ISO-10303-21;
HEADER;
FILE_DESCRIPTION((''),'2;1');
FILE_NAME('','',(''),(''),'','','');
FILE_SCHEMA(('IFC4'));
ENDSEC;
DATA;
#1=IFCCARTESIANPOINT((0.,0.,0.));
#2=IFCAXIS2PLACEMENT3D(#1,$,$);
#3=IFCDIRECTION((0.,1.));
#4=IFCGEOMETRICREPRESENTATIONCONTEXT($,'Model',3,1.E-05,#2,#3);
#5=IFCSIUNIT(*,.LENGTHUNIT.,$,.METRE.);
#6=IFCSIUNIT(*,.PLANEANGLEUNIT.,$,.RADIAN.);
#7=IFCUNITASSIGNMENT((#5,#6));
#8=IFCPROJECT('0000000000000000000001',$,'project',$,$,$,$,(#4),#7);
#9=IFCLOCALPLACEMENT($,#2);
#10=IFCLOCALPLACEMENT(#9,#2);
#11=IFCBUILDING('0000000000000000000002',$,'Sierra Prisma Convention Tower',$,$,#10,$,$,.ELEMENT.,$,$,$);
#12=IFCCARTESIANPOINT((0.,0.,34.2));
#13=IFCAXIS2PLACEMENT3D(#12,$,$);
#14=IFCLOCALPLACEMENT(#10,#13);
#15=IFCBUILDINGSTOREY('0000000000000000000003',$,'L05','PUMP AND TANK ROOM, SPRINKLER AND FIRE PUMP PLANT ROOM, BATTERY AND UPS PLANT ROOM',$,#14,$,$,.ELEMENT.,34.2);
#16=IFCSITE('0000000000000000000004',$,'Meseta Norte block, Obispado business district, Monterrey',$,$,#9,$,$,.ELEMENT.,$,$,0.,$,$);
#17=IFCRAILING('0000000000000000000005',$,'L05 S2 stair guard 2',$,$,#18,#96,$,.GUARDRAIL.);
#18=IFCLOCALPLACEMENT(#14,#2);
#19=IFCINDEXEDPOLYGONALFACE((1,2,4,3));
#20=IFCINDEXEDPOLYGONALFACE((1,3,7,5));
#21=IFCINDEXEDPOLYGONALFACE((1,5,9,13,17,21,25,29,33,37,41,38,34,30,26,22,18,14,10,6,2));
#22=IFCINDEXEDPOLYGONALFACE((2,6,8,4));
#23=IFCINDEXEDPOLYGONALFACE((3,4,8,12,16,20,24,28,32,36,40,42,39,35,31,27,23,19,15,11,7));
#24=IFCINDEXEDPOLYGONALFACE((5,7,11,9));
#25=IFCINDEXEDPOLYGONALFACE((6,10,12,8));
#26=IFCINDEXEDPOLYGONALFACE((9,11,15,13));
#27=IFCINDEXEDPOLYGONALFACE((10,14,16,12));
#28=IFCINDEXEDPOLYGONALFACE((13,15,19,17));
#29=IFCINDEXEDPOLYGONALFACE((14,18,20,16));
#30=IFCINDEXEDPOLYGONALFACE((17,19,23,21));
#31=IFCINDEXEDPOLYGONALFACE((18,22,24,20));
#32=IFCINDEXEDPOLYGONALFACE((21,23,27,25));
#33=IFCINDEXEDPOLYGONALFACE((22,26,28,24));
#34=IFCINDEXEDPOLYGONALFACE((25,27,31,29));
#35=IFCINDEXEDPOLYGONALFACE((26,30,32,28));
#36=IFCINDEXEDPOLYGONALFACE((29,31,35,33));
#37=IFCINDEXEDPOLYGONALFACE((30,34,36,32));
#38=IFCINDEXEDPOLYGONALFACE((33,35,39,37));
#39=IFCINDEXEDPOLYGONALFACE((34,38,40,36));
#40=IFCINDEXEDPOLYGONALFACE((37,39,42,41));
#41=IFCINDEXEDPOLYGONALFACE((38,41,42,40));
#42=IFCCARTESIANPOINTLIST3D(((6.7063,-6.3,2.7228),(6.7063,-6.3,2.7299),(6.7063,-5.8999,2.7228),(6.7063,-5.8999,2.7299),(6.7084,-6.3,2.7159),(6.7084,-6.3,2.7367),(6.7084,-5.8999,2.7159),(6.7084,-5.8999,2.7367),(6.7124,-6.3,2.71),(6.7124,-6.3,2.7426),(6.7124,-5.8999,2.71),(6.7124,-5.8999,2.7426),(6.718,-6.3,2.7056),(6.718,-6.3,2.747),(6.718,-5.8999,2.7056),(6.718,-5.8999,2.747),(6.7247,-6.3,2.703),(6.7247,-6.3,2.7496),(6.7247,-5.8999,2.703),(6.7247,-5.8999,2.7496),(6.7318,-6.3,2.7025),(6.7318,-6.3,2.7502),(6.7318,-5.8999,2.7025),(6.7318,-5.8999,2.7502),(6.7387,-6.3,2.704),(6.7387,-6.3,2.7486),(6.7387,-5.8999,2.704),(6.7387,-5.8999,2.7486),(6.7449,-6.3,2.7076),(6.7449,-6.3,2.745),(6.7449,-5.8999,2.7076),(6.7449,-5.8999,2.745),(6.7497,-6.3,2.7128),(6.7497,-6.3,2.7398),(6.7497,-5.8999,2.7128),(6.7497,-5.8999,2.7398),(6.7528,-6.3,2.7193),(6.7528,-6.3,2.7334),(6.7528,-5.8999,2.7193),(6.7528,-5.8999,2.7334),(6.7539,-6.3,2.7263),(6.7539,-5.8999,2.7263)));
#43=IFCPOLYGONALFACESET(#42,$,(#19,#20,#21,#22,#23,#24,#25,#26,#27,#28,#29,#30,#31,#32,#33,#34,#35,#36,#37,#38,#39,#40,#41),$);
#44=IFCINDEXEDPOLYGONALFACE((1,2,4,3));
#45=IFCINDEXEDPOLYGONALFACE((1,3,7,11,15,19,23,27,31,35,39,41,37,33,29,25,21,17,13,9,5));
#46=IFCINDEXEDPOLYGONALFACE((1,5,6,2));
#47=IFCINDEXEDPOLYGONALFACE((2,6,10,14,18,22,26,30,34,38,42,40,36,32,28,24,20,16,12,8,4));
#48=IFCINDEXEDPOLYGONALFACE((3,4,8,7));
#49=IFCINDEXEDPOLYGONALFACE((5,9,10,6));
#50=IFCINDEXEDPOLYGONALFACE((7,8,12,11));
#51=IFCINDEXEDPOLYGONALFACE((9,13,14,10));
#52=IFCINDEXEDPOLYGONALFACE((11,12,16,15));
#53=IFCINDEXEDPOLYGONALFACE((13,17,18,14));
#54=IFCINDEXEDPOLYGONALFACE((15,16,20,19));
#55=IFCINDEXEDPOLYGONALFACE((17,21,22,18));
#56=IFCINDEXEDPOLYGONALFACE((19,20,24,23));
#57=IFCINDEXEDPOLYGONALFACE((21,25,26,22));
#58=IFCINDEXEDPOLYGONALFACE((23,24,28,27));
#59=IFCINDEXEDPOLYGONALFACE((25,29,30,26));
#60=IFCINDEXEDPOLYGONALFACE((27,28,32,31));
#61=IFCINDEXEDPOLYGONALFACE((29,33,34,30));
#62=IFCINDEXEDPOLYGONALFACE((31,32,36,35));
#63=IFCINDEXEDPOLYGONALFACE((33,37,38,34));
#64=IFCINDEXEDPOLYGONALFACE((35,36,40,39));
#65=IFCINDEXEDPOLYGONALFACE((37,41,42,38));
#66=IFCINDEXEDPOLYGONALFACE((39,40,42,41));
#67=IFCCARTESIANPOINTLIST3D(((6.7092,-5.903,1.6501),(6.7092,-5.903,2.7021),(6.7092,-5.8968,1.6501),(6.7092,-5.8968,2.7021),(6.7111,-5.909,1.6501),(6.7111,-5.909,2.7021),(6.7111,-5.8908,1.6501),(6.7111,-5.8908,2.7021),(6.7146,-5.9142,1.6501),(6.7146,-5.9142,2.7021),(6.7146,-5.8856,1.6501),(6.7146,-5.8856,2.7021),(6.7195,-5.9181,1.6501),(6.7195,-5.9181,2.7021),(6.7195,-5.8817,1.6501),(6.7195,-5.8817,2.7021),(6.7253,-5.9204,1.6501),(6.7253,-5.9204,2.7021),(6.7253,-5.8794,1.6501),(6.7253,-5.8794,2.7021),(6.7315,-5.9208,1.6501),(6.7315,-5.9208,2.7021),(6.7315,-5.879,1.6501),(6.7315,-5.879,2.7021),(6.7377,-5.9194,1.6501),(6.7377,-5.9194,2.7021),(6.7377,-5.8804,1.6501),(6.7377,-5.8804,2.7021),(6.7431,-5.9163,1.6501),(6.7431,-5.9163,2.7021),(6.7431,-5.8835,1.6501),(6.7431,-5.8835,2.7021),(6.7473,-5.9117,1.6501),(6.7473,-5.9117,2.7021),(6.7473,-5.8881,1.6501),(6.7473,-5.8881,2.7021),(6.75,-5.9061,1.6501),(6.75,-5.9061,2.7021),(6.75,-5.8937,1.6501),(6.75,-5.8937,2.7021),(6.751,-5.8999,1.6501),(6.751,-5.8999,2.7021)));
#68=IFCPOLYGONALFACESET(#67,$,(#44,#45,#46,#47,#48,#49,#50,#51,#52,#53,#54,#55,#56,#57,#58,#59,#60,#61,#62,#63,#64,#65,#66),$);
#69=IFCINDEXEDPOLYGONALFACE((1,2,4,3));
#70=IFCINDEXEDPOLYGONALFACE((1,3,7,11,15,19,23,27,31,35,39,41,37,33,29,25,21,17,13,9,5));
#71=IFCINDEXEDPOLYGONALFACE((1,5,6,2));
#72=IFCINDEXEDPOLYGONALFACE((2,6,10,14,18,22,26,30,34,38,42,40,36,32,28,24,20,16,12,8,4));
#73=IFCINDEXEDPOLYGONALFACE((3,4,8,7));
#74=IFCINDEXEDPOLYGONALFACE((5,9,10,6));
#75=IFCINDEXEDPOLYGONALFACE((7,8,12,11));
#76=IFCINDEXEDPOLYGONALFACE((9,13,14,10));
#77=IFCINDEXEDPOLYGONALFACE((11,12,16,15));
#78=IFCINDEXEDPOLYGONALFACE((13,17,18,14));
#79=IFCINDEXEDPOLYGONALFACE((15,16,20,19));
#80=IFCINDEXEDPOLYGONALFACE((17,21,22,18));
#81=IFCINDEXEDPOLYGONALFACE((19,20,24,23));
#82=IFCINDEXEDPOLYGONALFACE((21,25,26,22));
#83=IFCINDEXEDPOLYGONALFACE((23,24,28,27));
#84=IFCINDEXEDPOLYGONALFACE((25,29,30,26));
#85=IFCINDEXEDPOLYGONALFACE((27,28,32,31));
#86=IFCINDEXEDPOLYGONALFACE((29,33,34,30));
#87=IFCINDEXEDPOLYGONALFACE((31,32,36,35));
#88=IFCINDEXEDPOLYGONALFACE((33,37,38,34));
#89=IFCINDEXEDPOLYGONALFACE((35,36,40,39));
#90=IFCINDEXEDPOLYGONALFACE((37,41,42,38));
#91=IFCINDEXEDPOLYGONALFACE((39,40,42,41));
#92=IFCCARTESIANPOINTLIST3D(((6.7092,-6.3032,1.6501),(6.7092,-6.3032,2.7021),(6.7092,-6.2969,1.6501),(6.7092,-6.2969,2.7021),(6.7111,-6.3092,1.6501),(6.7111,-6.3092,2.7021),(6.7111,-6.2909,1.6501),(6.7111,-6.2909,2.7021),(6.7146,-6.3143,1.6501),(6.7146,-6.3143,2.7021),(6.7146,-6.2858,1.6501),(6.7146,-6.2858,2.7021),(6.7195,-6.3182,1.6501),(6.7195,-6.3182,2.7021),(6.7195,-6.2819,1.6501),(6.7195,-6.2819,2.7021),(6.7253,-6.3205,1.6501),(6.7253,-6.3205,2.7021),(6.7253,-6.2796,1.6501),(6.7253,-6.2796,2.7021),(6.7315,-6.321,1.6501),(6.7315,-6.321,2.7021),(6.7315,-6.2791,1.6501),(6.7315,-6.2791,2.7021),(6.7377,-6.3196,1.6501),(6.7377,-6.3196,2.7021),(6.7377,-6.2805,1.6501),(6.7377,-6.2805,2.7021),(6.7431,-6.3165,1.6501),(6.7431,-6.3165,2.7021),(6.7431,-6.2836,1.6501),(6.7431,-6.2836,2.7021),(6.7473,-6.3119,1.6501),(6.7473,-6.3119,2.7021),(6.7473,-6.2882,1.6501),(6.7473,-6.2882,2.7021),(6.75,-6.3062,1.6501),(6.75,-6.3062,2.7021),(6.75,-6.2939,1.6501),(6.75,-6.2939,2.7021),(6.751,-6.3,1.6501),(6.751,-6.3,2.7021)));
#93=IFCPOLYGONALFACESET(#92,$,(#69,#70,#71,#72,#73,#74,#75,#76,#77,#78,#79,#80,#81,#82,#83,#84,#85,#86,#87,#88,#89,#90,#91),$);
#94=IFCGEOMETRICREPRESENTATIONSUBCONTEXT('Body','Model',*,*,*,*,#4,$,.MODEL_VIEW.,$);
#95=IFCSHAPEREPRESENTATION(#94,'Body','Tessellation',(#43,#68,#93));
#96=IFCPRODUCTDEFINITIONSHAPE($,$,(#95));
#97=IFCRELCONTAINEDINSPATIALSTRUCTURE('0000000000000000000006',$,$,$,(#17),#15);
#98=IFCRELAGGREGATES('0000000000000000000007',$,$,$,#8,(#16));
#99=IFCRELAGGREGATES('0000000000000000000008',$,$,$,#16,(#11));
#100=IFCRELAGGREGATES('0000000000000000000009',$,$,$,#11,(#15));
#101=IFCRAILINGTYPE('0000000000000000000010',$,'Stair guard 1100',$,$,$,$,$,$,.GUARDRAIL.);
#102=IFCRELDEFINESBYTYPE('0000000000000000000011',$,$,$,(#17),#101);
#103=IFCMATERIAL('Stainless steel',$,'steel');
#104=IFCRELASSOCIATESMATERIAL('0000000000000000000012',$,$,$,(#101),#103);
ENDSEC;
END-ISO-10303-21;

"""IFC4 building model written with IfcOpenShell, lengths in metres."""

from ifc_helpers import new_model, si_unit, direction, frame, origin, origin_2d, place, context, subcontext, project, spatial, circle, extrude, material, type_object, element, save


model = new_model("IFC4")

# Units and contexts
model_context = context("Model", 3, precision=1e-05, world=origin(), true_north=direction((0.0, 1.0)))
body_context = subcontext(model_context, "Body", "Model", "MODEL_VIEW")
ifc_project = project(units=[si_unit("LENGTHUNIT", "METRE"), si_unit("PLANEANGLEUNIT", "RADIAN")], contexts=[model_context])

# Site, building, storey
site_placement = place(None, origin())
site = spatial("IfcSite", under=ifc_project, at=site_placement, Name="Meseta Norte block, Obispado business district, Monterrey", CompositionType="ELEMENT", RefElevation=0.0)
building_placement = place(site_placement, origin())
building = spatial("IfcBuilding", under=site, at=building_placement, Name="Sierra Prisma Convention Tower", CompositionType="ELEMENT")
storey_placement = place(building_placement, frame((0.0, 0.0, 34.2)))
storey = spatial("IfcBuildingStorey", under=building, at=storey_placement, Name="L05", Description="PUMP AND TANK ROOM, SPRINKLER AND FIRE PUMP PLANT ROOM, BATTERY AND UPS PLANT ROOM", CompositionType="ELEMENT", Elevation=34.2)

# Railing
ifc_material_1 = material(Name="Stainless steel", Category="steel")
railing_type_1 = type_object("IfcRailingType", Name="Stair guard 1100", PredefinedType="GUARDRAIL", material=ifc_material_1)
railing_1_placement = place(storey_placement, frame((6.73, -5.8999, 1.6501)))
element("IfcRailing", 1, at=railing_1_placement, inside=storey, type_object=railing_type_1, Name="L05 S2 stair guard 2", PredefinedType="GUARDRAIL", context=body_context, shape_type="SweptSolid", body=[
    extrude(circle(Radius=0.0239, at=origin_2d()), frame((0.0, 0.0, 1.0762), z_axis=(0.0, -1.0, 0.0), x_axis=(1.0, 0.0, 0.0)), (0.0, 0.0, 1.0), 0.4001),
    extrude(circle(Radius=0.021, at=origin_2d()), origin(), (0.0, 0.0, 1.0), 1.052),
    extrude(circle(Radius=0.021, at=origin_2d()), frame((0.0, -0.4001, 0.0)), (0.0, 0.0, 1.0), 1.052),
])

save(model, "model.ifc")
